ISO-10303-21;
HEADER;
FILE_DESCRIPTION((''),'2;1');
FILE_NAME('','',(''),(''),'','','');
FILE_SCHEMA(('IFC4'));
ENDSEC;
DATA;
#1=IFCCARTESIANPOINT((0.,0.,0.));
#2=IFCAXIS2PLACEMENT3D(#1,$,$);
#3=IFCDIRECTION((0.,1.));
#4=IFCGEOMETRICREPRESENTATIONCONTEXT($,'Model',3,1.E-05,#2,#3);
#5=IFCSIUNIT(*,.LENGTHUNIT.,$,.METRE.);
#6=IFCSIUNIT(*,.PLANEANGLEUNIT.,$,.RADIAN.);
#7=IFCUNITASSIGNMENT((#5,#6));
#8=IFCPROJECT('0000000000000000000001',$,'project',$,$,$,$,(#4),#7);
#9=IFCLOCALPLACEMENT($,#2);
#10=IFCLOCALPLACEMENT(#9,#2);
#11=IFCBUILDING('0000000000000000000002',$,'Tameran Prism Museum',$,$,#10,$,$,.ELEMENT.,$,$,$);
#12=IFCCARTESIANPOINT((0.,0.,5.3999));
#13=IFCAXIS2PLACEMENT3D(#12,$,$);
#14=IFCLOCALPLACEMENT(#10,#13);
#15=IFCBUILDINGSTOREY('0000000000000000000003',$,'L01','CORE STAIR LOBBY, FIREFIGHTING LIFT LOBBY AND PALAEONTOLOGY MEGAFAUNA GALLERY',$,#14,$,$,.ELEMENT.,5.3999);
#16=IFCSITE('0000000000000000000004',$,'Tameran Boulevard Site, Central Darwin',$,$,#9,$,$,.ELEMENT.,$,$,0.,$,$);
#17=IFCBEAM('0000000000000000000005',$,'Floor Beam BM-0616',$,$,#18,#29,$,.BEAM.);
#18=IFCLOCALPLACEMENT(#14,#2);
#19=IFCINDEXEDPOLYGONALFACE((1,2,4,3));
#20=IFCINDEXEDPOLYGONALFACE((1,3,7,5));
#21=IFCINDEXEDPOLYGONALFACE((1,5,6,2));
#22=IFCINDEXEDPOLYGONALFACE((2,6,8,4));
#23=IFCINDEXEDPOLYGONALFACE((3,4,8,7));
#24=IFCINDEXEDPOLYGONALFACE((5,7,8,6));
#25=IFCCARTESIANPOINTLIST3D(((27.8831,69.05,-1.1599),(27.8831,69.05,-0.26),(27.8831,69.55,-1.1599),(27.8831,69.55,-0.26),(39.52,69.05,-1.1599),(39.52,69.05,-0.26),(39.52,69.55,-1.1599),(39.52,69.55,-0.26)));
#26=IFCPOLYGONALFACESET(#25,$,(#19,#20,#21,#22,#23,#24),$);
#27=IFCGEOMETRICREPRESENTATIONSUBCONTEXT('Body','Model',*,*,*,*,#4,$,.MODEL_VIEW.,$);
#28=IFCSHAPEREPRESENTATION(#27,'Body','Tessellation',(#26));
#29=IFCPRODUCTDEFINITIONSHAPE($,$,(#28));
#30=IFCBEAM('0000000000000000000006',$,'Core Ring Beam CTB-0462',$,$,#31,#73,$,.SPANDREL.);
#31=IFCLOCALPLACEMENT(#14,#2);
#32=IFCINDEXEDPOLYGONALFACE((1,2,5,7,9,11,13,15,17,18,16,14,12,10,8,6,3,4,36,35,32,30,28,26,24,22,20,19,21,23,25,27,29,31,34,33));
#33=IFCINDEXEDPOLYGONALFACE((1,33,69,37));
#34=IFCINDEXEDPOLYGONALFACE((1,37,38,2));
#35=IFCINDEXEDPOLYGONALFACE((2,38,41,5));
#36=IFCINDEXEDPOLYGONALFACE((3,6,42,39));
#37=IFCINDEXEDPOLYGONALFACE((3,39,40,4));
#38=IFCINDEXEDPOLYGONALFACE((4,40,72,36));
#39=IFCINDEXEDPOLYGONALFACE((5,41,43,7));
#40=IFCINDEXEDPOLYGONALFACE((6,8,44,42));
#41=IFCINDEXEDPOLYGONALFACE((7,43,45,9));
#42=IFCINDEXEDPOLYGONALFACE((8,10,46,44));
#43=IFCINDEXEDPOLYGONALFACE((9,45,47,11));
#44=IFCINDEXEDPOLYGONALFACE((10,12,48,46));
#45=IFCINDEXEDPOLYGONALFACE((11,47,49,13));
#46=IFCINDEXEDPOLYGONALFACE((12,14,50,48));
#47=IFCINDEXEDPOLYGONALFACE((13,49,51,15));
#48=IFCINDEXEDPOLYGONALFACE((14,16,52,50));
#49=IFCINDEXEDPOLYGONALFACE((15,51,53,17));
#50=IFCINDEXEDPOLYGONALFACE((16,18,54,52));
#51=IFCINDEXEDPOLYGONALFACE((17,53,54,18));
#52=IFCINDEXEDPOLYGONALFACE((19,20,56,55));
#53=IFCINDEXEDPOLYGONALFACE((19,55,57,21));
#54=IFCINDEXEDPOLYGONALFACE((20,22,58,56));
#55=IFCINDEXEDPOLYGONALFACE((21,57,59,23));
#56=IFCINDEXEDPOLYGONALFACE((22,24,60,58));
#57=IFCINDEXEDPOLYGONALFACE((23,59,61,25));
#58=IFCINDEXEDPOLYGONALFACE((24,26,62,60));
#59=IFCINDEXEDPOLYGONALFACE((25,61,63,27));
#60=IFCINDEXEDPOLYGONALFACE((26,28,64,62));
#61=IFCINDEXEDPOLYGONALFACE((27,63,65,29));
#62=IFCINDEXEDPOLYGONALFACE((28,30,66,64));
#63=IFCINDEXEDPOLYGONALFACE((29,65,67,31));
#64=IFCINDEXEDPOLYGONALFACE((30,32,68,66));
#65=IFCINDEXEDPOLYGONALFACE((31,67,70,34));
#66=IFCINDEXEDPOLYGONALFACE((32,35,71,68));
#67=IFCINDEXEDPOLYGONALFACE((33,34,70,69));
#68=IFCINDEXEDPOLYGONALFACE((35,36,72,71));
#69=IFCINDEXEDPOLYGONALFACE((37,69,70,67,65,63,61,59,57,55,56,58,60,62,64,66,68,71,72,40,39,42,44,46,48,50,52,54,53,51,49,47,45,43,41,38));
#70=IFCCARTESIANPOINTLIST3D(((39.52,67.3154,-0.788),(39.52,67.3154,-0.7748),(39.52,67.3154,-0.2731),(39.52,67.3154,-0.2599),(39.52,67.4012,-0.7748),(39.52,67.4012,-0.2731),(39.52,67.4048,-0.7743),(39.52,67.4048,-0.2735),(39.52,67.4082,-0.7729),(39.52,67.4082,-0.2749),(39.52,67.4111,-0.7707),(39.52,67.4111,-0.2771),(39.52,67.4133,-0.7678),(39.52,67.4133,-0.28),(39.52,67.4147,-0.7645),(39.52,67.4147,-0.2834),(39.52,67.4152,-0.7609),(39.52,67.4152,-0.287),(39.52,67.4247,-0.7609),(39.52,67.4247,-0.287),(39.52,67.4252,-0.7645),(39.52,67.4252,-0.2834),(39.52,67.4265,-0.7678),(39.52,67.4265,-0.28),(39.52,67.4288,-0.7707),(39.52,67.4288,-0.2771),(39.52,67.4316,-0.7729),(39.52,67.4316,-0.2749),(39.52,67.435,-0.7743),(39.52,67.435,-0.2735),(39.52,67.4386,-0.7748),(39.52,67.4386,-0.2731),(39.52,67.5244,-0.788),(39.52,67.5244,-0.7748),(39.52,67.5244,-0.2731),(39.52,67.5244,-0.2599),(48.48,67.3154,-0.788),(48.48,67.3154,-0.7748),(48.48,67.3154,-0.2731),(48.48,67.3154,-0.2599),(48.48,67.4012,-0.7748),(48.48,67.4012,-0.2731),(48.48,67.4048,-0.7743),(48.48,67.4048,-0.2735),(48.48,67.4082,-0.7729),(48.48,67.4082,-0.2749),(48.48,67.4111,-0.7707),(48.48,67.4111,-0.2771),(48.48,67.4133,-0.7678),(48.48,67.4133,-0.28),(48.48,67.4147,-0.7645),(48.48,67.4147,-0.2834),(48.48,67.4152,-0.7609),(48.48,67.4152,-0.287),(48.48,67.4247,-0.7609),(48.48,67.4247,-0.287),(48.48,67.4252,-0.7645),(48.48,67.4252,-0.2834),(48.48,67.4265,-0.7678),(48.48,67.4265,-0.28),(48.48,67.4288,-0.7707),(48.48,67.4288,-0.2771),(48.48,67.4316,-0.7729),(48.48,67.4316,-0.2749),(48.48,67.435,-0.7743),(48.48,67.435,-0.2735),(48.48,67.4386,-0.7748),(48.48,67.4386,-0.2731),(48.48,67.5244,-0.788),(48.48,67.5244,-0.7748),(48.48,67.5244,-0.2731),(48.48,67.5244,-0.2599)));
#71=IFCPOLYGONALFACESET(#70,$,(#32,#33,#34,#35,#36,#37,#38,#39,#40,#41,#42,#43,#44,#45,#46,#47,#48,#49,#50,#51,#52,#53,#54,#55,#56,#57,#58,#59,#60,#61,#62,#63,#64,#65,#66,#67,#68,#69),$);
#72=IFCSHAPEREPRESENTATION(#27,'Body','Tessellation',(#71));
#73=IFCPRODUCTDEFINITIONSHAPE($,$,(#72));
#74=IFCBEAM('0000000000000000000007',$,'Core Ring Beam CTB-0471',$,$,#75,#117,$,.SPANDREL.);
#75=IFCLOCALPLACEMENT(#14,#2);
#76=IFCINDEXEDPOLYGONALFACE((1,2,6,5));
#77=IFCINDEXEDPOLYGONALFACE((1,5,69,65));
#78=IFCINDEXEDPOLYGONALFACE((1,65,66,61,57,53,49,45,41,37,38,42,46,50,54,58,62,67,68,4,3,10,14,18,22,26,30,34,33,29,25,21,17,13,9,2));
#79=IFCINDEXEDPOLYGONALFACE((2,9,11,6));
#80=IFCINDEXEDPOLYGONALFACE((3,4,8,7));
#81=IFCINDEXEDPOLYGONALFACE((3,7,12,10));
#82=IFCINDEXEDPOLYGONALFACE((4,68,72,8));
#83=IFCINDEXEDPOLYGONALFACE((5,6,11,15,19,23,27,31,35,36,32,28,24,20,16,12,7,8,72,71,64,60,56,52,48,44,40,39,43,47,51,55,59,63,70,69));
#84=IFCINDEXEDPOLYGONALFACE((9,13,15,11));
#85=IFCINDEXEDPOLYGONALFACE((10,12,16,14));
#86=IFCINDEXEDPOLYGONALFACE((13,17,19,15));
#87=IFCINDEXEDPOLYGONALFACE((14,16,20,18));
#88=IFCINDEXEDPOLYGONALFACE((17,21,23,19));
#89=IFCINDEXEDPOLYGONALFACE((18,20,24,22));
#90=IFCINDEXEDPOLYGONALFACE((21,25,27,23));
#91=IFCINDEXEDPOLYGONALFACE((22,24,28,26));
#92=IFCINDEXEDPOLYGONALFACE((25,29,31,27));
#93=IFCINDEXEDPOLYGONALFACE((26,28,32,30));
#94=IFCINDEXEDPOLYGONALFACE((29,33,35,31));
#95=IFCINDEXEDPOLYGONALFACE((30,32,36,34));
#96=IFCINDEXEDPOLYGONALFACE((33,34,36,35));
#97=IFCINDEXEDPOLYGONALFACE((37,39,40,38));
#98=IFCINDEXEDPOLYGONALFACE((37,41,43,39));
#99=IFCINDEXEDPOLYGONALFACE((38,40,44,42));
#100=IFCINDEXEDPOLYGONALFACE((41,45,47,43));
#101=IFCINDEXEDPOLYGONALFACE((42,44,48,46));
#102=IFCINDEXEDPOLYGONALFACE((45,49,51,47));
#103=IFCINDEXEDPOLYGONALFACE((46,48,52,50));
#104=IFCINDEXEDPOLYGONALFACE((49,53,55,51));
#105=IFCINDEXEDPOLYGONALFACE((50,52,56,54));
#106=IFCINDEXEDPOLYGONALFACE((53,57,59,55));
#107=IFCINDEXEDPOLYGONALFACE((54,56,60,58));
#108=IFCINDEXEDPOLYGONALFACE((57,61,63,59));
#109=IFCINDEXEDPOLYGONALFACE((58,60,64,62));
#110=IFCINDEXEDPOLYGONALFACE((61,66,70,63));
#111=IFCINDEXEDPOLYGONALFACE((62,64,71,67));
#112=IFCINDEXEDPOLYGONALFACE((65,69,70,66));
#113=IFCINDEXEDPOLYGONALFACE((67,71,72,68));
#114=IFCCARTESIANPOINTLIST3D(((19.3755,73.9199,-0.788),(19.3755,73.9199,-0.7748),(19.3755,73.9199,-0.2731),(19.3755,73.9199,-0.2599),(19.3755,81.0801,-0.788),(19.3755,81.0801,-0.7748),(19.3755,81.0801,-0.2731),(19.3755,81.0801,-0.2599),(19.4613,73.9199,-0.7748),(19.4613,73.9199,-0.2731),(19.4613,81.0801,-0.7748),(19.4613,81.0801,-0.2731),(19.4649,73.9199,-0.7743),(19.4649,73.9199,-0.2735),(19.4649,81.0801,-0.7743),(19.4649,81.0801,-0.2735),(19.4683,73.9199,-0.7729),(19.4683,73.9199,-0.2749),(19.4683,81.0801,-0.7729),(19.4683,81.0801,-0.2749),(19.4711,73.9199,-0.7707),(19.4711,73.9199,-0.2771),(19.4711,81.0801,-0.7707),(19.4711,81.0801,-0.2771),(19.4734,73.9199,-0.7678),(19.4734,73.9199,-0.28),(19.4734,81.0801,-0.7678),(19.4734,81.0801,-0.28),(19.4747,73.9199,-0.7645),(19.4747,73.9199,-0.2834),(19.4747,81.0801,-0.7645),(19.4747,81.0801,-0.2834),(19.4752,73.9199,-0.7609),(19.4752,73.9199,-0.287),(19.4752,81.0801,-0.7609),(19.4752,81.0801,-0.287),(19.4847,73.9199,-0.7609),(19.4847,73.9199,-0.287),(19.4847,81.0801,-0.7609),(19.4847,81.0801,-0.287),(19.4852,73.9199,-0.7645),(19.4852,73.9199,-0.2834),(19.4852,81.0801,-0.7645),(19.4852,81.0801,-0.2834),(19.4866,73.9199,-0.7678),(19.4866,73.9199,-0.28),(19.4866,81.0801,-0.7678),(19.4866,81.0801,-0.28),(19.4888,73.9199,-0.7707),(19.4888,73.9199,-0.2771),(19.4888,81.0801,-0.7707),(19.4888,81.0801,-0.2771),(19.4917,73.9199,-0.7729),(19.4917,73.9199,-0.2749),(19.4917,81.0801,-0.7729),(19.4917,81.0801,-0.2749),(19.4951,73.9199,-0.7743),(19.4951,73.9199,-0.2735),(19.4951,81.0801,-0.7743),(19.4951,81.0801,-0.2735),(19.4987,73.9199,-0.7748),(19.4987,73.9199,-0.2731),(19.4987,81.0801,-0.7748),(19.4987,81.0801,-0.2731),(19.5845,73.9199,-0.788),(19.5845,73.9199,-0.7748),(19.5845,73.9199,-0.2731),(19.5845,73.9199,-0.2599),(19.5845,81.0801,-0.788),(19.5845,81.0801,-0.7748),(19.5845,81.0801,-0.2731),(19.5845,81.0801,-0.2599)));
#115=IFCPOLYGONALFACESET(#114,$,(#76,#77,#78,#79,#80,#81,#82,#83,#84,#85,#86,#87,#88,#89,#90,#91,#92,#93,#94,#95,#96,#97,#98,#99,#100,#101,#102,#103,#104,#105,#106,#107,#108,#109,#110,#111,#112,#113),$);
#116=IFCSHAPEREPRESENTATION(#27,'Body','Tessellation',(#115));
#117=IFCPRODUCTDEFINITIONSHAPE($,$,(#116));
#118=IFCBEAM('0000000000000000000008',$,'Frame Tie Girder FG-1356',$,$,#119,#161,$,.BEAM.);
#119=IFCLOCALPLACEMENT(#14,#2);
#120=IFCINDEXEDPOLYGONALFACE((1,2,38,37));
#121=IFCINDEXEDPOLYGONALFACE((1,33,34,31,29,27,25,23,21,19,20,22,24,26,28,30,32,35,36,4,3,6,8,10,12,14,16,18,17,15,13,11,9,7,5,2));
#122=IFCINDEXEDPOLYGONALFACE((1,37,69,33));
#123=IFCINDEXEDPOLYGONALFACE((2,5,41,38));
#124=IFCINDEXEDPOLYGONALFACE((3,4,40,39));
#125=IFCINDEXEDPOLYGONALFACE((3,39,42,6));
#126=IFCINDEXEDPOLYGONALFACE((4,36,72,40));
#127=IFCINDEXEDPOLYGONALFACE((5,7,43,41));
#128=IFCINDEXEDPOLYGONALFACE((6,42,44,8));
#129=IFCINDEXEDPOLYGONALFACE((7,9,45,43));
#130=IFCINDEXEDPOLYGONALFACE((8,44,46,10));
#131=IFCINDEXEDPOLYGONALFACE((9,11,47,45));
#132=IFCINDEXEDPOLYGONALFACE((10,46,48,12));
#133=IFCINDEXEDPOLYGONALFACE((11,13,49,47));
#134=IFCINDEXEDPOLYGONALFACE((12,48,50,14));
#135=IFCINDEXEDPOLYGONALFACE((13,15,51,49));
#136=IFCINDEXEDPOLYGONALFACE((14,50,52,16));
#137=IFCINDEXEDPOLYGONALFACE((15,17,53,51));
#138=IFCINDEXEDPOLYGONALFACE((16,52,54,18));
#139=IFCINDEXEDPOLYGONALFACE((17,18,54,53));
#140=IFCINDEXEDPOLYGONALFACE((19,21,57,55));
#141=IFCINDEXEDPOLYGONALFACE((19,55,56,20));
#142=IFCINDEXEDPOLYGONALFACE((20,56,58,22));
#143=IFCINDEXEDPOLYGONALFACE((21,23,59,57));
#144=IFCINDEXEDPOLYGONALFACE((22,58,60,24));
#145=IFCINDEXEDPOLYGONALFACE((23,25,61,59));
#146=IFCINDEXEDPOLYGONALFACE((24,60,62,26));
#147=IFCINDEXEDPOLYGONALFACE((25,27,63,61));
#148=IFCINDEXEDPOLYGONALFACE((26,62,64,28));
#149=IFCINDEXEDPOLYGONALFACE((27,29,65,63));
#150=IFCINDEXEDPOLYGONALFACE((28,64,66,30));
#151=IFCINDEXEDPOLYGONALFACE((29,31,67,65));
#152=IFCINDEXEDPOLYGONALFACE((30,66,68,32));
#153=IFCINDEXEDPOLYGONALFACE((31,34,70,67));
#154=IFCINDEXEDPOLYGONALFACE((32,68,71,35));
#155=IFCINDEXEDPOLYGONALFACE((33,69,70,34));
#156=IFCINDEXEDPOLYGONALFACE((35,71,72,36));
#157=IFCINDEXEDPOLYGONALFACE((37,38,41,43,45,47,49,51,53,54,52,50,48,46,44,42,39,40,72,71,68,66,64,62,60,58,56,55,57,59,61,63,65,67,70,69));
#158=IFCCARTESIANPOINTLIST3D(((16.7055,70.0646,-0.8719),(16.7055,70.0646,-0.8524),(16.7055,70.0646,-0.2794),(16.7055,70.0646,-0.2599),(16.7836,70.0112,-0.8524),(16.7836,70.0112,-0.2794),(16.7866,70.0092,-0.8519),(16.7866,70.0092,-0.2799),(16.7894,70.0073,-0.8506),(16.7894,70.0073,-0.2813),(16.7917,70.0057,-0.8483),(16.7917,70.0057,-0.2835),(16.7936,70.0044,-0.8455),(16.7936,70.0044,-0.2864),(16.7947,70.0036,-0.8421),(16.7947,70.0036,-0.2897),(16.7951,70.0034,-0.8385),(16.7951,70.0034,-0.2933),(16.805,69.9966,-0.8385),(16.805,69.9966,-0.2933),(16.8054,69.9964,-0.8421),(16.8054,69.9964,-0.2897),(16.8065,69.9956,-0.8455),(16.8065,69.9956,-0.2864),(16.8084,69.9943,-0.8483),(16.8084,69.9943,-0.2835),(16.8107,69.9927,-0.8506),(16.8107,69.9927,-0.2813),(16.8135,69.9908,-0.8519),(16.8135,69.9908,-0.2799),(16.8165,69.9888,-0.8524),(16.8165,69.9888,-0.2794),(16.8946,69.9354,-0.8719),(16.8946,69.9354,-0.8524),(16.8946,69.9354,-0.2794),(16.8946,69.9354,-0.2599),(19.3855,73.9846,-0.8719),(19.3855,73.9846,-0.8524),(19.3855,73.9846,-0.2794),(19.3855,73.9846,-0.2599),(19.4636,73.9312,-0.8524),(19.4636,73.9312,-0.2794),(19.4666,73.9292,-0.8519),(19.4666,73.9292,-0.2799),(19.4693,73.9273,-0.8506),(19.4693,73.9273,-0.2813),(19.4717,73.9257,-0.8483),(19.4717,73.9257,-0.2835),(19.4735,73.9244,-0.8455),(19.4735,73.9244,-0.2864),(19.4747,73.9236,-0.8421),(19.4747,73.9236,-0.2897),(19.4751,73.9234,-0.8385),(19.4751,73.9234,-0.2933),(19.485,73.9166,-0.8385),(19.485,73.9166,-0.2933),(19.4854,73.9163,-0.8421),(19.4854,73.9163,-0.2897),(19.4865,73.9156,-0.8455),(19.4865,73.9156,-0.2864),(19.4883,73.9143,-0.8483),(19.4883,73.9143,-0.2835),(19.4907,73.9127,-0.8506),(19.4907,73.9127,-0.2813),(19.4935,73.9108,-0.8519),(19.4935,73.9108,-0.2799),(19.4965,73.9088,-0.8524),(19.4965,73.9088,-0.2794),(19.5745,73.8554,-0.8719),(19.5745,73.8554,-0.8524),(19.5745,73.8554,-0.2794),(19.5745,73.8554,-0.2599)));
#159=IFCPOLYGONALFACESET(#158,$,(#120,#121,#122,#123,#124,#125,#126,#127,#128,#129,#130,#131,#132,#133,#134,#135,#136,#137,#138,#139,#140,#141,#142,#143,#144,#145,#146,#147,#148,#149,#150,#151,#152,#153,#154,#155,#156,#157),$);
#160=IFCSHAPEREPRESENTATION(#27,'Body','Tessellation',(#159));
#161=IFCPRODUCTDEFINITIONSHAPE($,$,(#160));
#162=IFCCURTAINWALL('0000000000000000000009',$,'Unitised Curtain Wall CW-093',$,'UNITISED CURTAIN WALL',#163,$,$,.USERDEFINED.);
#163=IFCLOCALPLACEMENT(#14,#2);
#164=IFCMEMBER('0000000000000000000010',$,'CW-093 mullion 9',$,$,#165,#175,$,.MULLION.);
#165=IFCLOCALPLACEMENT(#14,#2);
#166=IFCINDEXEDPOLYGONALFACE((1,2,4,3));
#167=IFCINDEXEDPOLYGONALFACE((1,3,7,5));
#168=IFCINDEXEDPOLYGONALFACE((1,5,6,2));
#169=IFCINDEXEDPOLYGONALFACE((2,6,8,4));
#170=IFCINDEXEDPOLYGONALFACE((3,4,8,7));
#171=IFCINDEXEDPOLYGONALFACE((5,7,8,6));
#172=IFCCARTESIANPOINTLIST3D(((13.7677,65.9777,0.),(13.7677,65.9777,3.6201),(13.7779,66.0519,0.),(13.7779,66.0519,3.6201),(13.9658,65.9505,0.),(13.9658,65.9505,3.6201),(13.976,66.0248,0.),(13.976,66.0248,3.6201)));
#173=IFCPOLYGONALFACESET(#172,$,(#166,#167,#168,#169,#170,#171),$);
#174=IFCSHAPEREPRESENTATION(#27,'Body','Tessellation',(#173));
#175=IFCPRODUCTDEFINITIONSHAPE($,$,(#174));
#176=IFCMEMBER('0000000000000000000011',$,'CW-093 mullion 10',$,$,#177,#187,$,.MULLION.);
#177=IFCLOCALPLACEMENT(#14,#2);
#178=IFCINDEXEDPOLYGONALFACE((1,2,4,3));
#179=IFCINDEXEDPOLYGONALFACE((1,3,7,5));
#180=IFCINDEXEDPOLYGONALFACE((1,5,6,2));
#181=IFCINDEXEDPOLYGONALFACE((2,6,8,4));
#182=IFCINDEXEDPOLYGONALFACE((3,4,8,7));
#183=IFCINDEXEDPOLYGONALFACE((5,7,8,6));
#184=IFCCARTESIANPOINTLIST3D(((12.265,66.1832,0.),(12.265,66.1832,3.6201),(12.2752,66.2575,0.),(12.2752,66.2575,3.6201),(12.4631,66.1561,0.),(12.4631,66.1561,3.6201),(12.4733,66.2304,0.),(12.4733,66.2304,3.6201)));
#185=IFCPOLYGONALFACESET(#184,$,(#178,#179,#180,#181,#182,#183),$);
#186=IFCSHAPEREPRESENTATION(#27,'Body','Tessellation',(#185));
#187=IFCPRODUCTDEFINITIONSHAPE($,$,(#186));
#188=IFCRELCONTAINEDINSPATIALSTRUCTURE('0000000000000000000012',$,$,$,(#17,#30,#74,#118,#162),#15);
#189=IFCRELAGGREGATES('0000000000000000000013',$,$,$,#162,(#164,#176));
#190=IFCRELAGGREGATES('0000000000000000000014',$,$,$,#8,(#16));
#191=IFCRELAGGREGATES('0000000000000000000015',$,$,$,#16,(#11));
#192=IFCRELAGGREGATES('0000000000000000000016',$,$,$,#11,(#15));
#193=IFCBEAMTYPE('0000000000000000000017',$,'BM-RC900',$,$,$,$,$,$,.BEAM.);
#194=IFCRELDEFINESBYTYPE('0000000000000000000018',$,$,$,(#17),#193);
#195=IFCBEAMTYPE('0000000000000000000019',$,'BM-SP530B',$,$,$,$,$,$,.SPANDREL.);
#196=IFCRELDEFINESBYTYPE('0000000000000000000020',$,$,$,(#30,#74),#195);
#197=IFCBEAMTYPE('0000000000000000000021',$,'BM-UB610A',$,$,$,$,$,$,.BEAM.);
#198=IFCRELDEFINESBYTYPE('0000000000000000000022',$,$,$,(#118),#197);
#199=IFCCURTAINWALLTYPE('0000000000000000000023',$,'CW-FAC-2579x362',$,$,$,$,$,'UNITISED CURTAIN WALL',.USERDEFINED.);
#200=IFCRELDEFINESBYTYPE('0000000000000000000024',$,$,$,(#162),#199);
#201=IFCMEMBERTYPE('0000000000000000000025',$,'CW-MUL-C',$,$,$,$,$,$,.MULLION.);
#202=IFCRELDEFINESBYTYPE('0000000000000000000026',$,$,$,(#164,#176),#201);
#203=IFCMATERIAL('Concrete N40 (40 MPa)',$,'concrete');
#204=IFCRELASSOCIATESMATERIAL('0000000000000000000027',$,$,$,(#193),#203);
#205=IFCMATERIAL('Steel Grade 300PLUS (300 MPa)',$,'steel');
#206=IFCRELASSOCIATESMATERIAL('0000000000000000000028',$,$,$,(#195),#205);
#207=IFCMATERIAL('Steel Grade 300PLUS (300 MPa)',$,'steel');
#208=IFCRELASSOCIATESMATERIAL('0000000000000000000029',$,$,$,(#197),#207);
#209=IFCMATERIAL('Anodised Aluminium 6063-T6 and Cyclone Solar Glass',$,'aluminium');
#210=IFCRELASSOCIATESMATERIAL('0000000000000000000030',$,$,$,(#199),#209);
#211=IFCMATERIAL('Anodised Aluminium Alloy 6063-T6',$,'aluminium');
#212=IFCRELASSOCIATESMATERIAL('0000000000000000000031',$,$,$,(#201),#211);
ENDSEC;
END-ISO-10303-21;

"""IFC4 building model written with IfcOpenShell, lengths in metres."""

from ifc_helpers import new_model, si_unit, direction, frame, origin, origin_2d, place, context, subcontext, project, spatial, rectangle, i_section, extrude, material, material_profile, profile_set, type_object, element, aggregate, save


model = new_model("IFC4")

# Units and contexts
model_context = context("Model", 3, precision=1e-05, world=origin(), true_north=direction((0.0, 1.0)))
body_context = subcontext(model_context, "Body", "Model", "MODEL_VIEW")
ifc_project = project(units=[si_unit("LENGTHUNIT", "METRE"), si_unit("PLANEANGLEUNIT", "RADIAN")], contexts=[model_context])

# Site, building, storey
site_placement = place(None, origin())
site = spatial("IfcSite", under=ifc_project, at=site_placement, Name="Tameran Boulevard Site, Central Darwin", CompositionType="ELEMENT", RefElevation=0.0)
building_placement = place(site_placement, origin())
building = spatial("IfcBuilding", under=site, at=building_placement, Name="Tameran Prism Museum", CompositionType="ELEMENT")
storey_placement = place(building_placement, frame((0.0, 0.0, 5.3999)))
storey = spatial("IfcBuildingStorey", under=building, at=storey_placement, Name="L01", Description="CORE STAIR LOBBY, FIREFIGHTING LIFT LOBBY AND PALAEONTOLOGY MEGAFAUNA GALLERY", CompositionType="ELEMENT", Elevation=5.3999)

# Beams
ifc_material_1 = material(Name="Concrete N40 (40 MPa)", Category="concrete")
ifc_material_profile_1 = material_profile(ifc_material_1, rectangle(XDim=0.5, YDim=0.8999, at=origin_2d()))
ifc_profile_set_1 = profile_set([ifc_material_profile_1])
beam_type_1 = type_object("IfcBeamType", Name="BM-RC900", PredefinedType="BEAM", material=ifc_profile_set_1)
beam_1_placement = place(storey_placement, frame((27.8831, 69.3, -0.71), z_axis=(1.0, 0.0, 0.0), x_axis=(0.0, 1.0, 0.0)))
element("IfcBeam", 1, at=beam_1_placement, inside=storey, type_object=beam_type_1, Name="Floor Beam BM-0616", PredefinedType="BEAM", context=body_context, shape_type="SweptSolid", body=[
    extrude(rectangle(XDim=0.5, YDim=0.8999, at=origin_2d()), origin(), (0.0, 0.0, 1.0), 11.637),
])
ifc_material_2 = material(Name="Steel Grade 300PLUS (300 MPa)", Category="steel")
ifc_material_profile_2 = material_profile(ifc_material_2, i_section(OverallWidth=0.209, OverallDepth=0.5281, WebThickness=0.0095, FlangeThickness=0.0132, FilletRadius=0.0139, at=origin_2d()))
ifc_profile_set_2 = profile_set([ifc_material_profile_2])
beam_type_2 = type_object("IfcBeamType", Name="BM-SP530B", PredefinedType="SPANDREL", material=ifc_profile_set_2)
beam_2_placement = place(storey_placement, frame((39.52, 67.4199, -0.5239), z_axis=(1.0, 0.0, 0.0), x_axis=(0.0, 1.0, 0.0)))
element("IfcBeam", 2, at=beam_2_placement, inside=storey, type_object=beam_type_2, Name="Core Ring Beam CTB-0462", PredefinedType="SPANDREL", context=body_context, shape_type="SweptSolid", body=[
    extrude(i_section(OverallWidth=0.209, OverallDepth=0.5281, WebThickness=0.0095, FlangeThickness=0.0132, FilletRadius=0.0139, at=origin_2d()), origin(), (0.0, 0.0, 1.0), 8.96),
])
beam_3_placement = place(storey_placement, frame((19.48, 73.9199, -0.5239), z_axis=(0.0, 1.0, 0.0), x_axis=(-1.0, 0.0, 0.0)))
element("IfcBeam", 3, at=beam_3_placement, inside=storey, type_object=beam_type_2, Name="Core Ring Beam CTB-0471", PredefinedType="SPANDREL", context=body_context, shape_type="SweptSolid", body=[
    extrude(i_section(OverallWidth=0.209, OverallDepth=0.5281, WebThickness=0.0095, FlangeThickness=0.0132, FilletRadius=0.0139, at=origin_2d()), origin(), (0.0, 0.0, 1.0), 7.1602),
])
ifc_material_3 = material(Name="Steel Grade 300PLUS (300 MPa)", Category="steel")
ifc_material_profile_3 = material_profile(ifc_material_3, i_section(OverallWidth=0.229, OverallDepth=0.6121, WebThickness=0.012, FlangeThickness=0.0195, FilletRadius=0.0139, at=origin_2d()))
ifc_profile_set_3 = profile_set([ifc_material_profile_3])
beam_type_3 = type_object("IfcBeamType", Name="BM-UB610A", PredefinedType="BEAM", material=ifc_profile_set_3)
beam_4_placement = place(storey_placement, frame((16.8, 70.0, -0.5659), z_axis=(0.56438, 0.825515, 0.0), x_axis=(-0.825515, 0.56438, 0.0)))
element("IfcBeam", 4, at=beam_4_placement, inside=storey, type_object=beam_type_3, Name="Frame Tie Girder FG-1356", PredefinedType="BEAM", context=body_context, shape_type="SweptSolid", body=[
    extrude(i_section(OverallWidth=0.229, OverallDepth=0.6121, WebThickness=0.012, FlangeThickness=0.0195, FilletRadius=0.0139, at=origin_2d()), origin(), (0.0, 0.0, 1.0), 4.7485),
])

# Curtain wall, members
ifc_material_4 = material(Name="Anodised Aluminium 6063-T6 and Cyclone Solar Glass", Category="aluminium")
curtain_wall_type = type_object("IfcCurtainWallType", Name="CW-FAC-2579x362", ElementType="UNITISED CURTAIN WALL", PredefinedType="USERDEFINED", material=ifc_material_4)
curtain_wall_placement = place(storey_placement, origin())
curtain_wall = element("IfcCurtainWall", 5, at=curtain_wall_placement, inside=storey, type_object=curtain_wall_type, Name="Unitised Curtain Wall CW-093", ObjectType="UNITISED CURTAIN WALL", PredefinedType="USERDEFINED")
ifc_material_5 = material(Name="Anodised Aluminium Alloy 6063-T6", Category="aluminium")
ifc_material_profile_4 = material_profile(ifc_material_5, rectangle(XDim=0.075, YDim=0.2, at=origin_2d()))
ifc_profile_set_4 = profile_set([ifc_material_profile_4])
member_type_1 = type_object("IfcMemberType", Name="CW-MUL-C", PredefinedType="MULLION", material=ifc_profile_set_4)
member_1_placement = place(storey_placement, frame((13.8718, 66.0012, 0.0), z_axis=(0.0, 0.0, 1.0), x_axis=(-0.135658, -0.990756, 0.0)))
member_1 = element("IfcMember", 6, at=member_1_placement, type_object=member_type_1, Name="CW-093 mullion 9", PredefinedType="MULLION", context=body_context, shape_type="SweptSolid", body=[
    extrude(rectangle(XDim=0.075, YDim=0.2, at=origin_2d()), origin(), (0.0, 0.0, 1.0), 3.6201),
])
member_2_placement = place(storey_placement, frame((12.3691, 66.2068, 0.0), z_axis=(0.0, 0.0, 1.0), x_axis=(-0.135658, -0.990756, 0.0)))
member_2 = element("IfcMember", 7, at=member_2_placement, type_object=member_type_1, Name="CW-093 mullion 10", PredefinedType="MULLION", context=body_context, shape_type="SweptSolid", body=[
    extrude(rectangle(XDim=0.075, YDim=0.2, at=origin_2d()), origin(), (0.0, 0.0, 1.0), 3.6201),
])
aggregate(curtain_wall, [member_1, member_2])

save(model, "model.ifc")
